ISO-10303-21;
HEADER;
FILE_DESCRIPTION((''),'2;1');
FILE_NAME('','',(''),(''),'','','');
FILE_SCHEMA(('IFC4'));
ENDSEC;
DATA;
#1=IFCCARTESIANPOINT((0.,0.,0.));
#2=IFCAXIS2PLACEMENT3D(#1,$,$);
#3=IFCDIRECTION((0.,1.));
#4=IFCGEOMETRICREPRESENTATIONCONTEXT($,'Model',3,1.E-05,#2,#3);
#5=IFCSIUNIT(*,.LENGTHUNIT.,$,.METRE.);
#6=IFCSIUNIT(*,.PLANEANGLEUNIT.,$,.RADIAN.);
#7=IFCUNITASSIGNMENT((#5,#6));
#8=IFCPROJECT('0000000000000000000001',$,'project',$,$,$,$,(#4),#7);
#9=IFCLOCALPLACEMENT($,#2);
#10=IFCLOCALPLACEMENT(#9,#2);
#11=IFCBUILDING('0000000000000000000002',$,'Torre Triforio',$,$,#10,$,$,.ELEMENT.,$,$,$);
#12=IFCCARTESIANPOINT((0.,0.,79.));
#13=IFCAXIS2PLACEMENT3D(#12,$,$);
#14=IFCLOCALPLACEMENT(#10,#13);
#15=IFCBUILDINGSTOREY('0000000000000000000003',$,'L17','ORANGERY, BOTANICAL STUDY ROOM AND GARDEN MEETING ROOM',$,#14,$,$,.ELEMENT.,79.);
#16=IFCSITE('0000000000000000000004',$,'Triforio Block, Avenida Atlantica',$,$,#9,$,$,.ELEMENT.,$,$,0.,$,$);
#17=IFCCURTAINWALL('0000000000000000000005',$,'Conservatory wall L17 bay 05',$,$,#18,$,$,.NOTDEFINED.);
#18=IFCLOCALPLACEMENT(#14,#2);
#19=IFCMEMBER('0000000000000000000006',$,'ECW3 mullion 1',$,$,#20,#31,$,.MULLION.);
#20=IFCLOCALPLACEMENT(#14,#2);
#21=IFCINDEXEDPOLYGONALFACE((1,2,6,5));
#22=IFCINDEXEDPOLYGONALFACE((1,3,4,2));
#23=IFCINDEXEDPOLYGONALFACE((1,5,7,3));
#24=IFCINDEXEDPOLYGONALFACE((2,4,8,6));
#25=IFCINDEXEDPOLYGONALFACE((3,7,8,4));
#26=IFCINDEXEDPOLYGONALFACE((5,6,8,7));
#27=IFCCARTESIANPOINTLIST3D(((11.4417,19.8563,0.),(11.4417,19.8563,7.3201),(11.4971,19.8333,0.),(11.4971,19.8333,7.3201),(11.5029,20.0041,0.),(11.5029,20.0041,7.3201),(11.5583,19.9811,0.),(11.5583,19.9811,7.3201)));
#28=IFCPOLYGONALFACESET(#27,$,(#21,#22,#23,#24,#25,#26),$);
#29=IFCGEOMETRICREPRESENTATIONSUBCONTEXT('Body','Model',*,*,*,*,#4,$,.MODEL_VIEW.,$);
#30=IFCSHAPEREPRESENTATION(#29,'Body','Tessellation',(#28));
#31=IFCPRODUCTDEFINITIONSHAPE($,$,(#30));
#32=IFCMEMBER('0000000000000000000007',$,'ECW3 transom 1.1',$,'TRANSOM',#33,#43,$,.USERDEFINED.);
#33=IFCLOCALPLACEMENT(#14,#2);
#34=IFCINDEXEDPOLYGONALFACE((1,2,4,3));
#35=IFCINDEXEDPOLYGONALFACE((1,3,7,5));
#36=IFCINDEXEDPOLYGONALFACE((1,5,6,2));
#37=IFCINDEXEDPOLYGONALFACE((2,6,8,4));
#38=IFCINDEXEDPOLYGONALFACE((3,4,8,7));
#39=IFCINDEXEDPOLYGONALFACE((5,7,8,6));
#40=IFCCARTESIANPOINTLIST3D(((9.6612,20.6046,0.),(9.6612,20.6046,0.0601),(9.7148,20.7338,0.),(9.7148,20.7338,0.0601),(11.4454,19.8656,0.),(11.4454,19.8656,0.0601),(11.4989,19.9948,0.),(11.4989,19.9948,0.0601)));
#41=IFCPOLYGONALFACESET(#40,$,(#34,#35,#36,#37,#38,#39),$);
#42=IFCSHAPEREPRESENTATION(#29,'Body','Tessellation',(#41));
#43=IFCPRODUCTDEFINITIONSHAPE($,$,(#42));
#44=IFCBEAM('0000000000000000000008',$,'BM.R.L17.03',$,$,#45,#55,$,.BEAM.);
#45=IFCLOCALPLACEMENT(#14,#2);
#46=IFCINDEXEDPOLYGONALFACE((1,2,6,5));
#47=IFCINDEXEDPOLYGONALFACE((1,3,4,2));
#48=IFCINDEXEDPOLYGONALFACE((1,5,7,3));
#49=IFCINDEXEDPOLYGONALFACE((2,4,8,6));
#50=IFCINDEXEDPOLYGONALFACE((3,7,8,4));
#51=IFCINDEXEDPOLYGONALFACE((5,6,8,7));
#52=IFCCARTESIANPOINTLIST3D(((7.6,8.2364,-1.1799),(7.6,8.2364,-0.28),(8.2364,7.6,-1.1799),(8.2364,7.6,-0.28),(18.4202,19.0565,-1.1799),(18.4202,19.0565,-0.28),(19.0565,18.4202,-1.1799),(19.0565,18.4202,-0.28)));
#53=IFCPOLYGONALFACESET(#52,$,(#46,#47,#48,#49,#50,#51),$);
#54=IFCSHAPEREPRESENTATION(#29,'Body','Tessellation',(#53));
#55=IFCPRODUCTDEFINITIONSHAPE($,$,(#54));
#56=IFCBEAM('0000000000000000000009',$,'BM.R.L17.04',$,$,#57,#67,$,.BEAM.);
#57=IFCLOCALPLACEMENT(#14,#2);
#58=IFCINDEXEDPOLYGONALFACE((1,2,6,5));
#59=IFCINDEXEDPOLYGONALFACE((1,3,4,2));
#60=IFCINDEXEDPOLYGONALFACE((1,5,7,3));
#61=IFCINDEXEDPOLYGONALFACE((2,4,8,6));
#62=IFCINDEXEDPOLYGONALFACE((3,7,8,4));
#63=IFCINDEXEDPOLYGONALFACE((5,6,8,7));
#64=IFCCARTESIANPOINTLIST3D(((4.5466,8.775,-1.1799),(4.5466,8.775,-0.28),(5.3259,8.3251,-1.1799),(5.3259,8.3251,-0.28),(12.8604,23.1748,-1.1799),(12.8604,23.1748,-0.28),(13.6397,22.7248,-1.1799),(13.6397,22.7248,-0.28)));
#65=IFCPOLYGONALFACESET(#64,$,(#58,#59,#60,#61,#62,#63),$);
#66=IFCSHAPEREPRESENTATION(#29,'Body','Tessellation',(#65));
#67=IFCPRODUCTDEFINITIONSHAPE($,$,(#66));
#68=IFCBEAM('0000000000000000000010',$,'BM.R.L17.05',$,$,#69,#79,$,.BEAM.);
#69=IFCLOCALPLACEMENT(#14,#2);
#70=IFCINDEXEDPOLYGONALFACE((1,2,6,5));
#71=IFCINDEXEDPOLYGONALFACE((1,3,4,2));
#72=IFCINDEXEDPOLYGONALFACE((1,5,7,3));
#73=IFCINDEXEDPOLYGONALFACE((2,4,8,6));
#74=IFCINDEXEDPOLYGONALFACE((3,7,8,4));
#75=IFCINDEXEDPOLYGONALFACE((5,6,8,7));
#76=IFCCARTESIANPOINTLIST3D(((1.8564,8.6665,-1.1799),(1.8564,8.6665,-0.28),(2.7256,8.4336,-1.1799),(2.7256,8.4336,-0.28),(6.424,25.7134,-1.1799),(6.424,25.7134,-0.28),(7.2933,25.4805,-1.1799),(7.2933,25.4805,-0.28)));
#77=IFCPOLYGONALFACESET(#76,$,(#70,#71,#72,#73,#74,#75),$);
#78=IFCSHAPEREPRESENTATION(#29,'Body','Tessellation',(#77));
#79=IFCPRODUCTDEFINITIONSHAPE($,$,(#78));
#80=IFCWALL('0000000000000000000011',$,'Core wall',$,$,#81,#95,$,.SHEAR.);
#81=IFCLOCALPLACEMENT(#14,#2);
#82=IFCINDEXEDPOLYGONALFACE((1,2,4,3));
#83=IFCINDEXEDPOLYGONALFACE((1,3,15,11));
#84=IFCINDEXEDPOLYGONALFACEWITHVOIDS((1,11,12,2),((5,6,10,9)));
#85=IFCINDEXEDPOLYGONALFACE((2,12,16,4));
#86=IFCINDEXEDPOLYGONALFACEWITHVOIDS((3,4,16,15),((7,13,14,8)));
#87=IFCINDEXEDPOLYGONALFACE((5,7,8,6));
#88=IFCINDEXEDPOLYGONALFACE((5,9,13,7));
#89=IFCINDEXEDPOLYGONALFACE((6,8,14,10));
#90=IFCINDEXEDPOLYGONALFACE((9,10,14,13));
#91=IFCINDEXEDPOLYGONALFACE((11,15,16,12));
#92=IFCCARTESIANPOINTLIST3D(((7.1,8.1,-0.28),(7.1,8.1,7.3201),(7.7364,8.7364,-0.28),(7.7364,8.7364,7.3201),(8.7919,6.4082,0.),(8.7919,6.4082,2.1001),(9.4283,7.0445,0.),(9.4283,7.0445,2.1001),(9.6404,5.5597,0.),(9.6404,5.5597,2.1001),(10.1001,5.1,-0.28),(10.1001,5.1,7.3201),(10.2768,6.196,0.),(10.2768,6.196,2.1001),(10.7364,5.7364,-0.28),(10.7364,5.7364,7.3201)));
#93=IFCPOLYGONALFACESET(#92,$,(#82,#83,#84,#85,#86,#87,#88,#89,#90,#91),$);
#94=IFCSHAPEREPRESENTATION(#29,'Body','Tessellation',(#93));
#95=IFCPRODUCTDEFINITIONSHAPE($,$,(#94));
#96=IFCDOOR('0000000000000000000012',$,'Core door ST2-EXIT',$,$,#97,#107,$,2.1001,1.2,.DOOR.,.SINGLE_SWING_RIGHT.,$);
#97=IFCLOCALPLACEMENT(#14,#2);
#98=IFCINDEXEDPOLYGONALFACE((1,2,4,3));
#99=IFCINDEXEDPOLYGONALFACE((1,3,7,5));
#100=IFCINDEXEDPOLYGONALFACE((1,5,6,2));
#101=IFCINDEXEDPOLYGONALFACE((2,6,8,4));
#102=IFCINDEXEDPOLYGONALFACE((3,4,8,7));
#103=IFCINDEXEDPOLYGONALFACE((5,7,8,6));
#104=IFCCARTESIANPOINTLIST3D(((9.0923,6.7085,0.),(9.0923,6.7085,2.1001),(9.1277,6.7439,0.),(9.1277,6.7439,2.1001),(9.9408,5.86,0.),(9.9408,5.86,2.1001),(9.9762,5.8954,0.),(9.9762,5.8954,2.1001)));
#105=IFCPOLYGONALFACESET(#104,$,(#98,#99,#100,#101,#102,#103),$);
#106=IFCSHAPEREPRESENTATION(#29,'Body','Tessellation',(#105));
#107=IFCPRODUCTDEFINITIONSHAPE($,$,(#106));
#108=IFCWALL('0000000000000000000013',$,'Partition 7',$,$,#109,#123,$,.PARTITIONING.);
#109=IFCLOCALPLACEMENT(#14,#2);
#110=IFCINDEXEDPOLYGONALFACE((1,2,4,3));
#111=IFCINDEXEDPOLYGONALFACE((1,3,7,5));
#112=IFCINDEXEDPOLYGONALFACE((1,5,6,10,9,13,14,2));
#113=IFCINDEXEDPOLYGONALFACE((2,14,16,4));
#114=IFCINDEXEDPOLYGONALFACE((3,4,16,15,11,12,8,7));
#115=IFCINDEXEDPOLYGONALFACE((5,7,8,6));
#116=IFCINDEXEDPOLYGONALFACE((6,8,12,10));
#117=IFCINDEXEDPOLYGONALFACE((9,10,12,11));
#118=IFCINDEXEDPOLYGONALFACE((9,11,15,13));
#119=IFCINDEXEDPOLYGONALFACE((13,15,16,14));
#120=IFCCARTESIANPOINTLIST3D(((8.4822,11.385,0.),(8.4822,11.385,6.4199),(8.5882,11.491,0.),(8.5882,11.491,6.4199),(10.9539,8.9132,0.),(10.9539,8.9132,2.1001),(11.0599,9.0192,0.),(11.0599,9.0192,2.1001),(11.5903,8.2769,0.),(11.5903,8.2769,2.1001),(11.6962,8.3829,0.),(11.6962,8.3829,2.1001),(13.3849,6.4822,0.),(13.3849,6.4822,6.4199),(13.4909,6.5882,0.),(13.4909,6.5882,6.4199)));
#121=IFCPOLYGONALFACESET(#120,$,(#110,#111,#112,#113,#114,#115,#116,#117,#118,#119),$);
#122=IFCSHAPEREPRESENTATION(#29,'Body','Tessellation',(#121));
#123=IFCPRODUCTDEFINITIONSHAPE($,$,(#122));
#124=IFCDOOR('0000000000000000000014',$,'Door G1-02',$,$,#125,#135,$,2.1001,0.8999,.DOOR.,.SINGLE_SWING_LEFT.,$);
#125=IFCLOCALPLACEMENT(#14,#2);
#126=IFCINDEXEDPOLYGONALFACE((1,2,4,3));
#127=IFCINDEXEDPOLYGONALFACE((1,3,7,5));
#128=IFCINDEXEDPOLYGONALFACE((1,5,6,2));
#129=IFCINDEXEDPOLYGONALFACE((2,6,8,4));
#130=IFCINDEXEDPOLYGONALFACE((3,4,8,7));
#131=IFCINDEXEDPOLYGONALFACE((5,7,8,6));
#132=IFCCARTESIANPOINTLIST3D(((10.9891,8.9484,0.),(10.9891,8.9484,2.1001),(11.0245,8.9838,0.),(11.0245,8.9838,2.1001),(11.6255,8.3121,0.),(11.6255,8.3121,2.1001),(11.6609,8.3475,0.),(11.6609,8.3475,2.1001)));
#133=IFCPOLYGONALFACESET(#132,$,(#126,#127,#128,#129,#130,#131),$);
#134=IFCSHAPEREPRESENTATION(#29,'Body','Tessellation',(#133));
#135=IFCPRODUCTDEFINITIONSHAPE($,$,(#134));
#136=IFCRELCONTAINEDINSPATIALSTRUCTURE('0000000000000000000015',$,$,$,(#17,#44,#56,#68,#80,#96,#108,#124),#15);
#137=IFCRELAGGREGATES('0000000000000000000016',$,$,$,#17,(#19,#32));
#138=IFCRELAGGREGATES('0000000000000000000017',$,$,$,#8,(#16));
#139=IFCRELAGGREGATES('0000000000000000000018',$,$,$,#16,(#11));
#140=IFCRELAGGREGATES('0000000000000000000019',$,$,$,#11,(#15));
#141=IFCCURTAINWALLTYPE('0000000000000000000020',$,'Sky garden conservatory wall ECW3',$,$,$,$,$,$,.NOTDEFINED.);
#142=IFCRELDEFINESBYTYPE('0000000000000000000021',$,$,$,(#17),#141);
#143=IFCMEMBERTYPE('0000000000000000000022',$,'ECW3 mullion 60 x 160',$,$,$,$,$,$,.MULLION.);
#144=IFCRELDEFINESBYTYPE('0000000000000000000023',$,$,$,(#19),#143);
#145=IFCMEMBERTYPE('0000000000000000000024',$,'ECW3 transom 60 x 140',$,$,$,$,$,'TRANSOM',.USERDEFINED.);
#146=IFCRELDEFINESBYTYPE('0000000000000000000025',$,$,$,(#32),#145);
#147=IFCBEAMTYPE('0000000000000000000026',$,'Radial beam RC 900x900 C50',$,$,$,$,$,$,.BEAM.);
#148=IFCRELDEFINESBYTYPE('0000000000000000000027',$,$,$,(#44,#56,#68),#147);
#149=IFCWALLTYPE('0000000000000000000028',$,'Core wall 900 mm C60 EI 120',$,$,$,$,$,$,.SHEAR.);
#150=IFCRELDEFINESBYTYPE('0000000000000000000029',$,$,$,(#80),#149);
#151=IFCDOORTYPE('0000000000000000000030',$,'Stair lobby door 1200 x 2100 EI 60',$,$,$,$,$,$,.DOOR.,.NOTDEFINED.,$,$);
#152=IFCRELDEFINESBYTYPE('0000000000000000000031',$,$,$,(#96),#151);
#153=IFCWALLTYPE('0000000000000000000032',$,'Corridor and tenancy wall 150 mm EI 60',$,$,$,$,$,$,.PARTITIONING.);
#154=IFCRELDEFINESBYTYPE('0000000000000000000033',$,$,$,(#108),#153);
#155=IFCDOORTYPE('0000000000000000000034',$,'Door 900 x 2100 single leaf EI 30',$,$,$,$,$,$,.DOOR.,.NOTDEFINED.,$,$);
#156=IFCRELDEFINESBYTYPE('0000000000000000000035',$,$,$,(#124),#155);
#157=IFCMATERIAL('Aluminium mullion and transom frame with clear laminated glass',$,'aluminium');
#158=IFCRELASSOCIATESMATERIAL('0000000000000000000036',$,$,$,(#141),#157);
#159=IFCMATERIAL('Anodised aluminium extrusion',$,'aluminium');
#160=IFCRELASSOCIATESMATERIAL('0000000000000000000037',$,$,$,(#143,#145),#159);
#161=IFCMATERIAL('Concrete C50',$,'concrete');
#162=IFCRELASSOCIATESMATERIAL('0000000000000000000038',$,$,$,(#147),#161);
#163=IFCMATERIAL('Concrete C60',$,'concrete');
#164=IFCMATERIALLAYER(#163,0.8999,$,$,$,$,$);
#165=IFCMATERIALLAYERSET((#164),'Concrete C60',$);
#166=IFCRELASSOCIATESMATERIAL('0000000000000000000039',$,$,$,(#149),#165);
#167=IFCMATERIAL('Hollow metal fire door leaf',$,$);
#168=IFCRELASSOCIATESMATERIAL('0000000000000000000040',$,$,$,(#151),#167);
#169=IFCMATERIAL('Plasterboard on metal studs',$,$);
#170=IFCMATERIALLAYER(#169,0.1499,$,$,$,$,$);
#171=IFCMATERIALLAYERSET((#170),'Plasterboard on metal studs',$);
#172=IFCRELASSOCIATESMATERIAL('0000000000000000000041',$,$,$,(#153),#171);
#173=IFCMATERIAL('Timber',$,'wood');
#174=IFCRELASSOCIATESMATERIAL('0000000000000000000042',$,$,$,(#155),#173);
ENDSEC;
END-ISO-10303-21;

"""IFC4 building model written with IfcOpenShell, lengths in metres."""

from ifc_helpers import new_model, si_unit, direction, frame, frame_2d, origin, origin_2d, place, context, subcontext, project, spatial, rectangle, extrude, material, layer, layer_set, material_profile, profile_set, type_object, element, fill, aggregate, save


model = new_model("IFC4")

# Units and contexts
model_context = context("Model", 3, precision=1e-05, world=origin(), true_north=direction((0.0, 1.0)))
body_context = subcontext(model_context, "Body", "Model", "MODEL_VIEW")
ifc_project = project(units=[si_unit("LENGTHUNIT", "METRE"), si_unit("PLANEANGLEUNIT", "RADIAN")], contexts=[model_context])

# Site, building, storey
site_placement = place(None, origin())
site = spatial("IfcSite", under=ifc_project, at=site_placement, Name="Triforio Block, Avenida Atlantica", CompositionType="ELEMENT", RefElevation=0.0)
building_placement = place(site_placement, origin())
building = spatial("IfcBuilding", under=site, at=building_placement, Name="Torre Triforio", CompositionType="ELEMENT")
storey_placement = place(building_placement, frame((0.0, 0.0, 79.0)))
storey = spatial("IfcBuildingStorey", under=building, at=storey_placement, Name="L17", Description="ORANGERY, BOTANICAL STUDY ROOM AND GARDEN MEETING ROOM", CompositionType="ELEMENT", Elevation=79.0)

# Curtain wall, members
ifc_material_1 = material(Name="Aluminium mullion and transom frame with clear laminated glass", Category="aluminium")
curtain_wall_type = type_object("IfcCurtainWallType", Name="Sky garden conservatory wall ECW3", PredefinedType="NOTDEFINED", material=ifc_material_1)
curtain_wall_placement = place(storey_placement, origin())
curtain_wall = element("IfcCurtainWall", 1, at=curtain_wall_placement, inside=storey, type_object=curtain_wall_type, Name="Conservatory wall L17 bay 05", PredefinedType="NOTDEFINED")
ifc_material_2 = material(Name="Anodised aluminium extrusion", Category="aluminium")
ifc_material_profile_1 = material_profile(ifc_material_2, rectangle(XDim=0.1599, YDim=0.0601, at=origin_2d()), Name="ECW3 MULLION 60x160")
ifc_profile_set_1 = profile_set([ifc_material_profile_1], Name="Anodised aluminium extrusion")
member_type_1 = type_object("IfcMemberType", Name="ECW3 mullion 60 x 160", PredefinedType="MULLION", material=ifc_profile_set_1)
member_1_placement = place(storey_placement, frame((11.5, 19.9187, 0.0), z_axis=(0.0, 0.0, 1.0), x_axis=(-0.382687, -0.923878, 0.0)))
member_1 = element("IfcMember", 2, at=member_1_placement, type_object=member_type_1, Name="ECW3 mullion 1", PredefinedType="MULLION", context=body_context, shape_type="SweptSolid", body=[
    extrude(rectangle(XDim=0.1599, YDim=0.0601, at=origin_2d()), origin(), (0.0, 0.0, 1.0), 7.3201),
])
ifc_material_profile_2 = material_profile(ifc_material_2, rectangle(XDim=0.1399, YDim=0.0601, at=origin_2d()), Name="ECW3 TRANSOM 60x140")
ifc_profile_set_2 = profile_set([ifc_material_profile_2], Name="Anodised aluminium extrusion")
member_type_2 = type_object("IfcMemberType", Name="ECW3 transom 60 x 140", ElementType="TRANSOM", PredefinedType="USERDEFINED", material=ifc_profile_set_2)
member_2_placement = place(storey_placement, frame((11.4722, 19.9302, 0.03), z_axis=(-0.923883, 0.382676, 0.0), x_axis=(-0.382676, -0.923883, 0.0)))
member_2 = element("IfcMember", 3, at=member_2_placement, type_object=member_type_2, Name="ECW3 transom 1.1", ObjectType="TRANSOM", PredefinedType="USERDEFINED", context=body_context, shape_type="SweptSolid", body=[
    extrude(rectangle(XDim=0.1399, YDim=0.0601, at=origin_2d()), origin(), (0.0, 0.0, 1.0), 1.9312),
])
aggregate(curtain_wall, [member_1, member_2])

# Beams
ifc_material_3 = material(Name="Concrete C50", Category="concrete")
ifc_material_profile_3 = material_profile(ifc_material_3, rectangle(XDim=0.8999, YDim=0.8999, at=origin_2d()), Name="RC 900x900")
ifc_profile_set_3 = profile_set([ifc_material_profile_3], Name="Concrete C50")
beam_type = type_object("IfcBeamType", Name="Radial beam RC 900x900 C50", PredefinedType="BEAM", material=ifc_profile_set_3)
beam_1_placement = place(storey_placement, frame((7.9182, 7.9182, -0.73), z_axis=(0.707107, 0.707107, 0.0), x_axis=(-0.707107, 0.707107, 0.0)))
element("IfcBeam", 4, at=beam_1_placement, inside=storey, type_object=beam_type, Name="BM.R.L17.03", PredefinedType="BEAM", context=body_context, shape_type="SweptSolid", body=[
    extrude(rectangle(XDim=0.8999, YDim=0.8999, at=origin_2d()), origin(), (0.0, 0.0, 1.0), 15.302),
])
beam_2_placement = place(storey_placement, frame((4.9363, 8.55, -0.73), z_axis=(0.500003, 0.866023, 0.0), x_axis=(-0.866023, 0.500003, 0.0)))
element("IfcBeam", 5, at=beam_2_placement, inside=storey, type_object=beam_type, Name="BM.R.L17.04", PredefinedType="BEAM", context=body_context, shape_type="SweptSolid", body=[
    extrude(rectangle(XDim=0.8999, YDim=0.8999, at=origin_2d()), origin(), (0.0, 0.0, 1.0), 16.6274),
])
beam_3_placement = place(storey_placement, frame((2.291, 8.55, -0.73), z_axis=(0.258815, 0.965927, 0.0), x_axis=(-0.965927, 0.258815, 0.0)))
element("IfcBeam", 6, at=beam_3_placement, inside=storey, type_object=beam_type, Name="BM.R.L17.05", PredefinedType="BEAM", context=body_context, shape_type="SweptSolid", body=[
    extrude(rectangle(XDim=0.8999, YDim=0.8999, at=origin_2d()), origin(), (0.0, 0.0, 1.0), 17.6482),
])

# Walls, openings, doors
ifc_material_4 = material(Name="Concrete C60", Category="concrete")
ifc_layer_1 = layer(ifc_material_4, 0.8999)
ifc_layer_set_1 = layer_set([ifc_layer_1], Name="Concrete C60")
wall_type_1 = type_object("IfcWallType", Name="Core wall 900 mm C60 EI 120", PredefinedType="SHEAR", material=ifc_layer_set_1)
wall_1_placement = place(storey_placement, frame((7.4182, 8.4182, -0.28), z_axis=(0.0, 0.0, 1.0), x_axis=(0.707107, -0.707107, 0.0)))
wall_1 = element("IfcWall", 7, at=wall_1_placement, inside=storey, type_object=wall_type_1, Name="Core wall", PredefinedType="SHEAR", context=body_context, shape_type="SweptSolid", body=[
    extrude(rectangle(XDim=4.2427, YDim=0.8999, at=frame_2d((2.1213, 0.0))), origin(), (0.0, 0.0, 1.0), 7.6001),
])
opening_1_placement = place(wall_1_placement, frame((2.3926, 0.0, 0.28)))
opening_1 = element("IfcOpeningElement", 8, at=opening_1_placement, cuts=wall_1, PredefinedType="OPENING", context=body_context, shape_type="SweptSolid", body=[
    extrude(rectangle(XDim=1.2, YDim=2.1001, at=frame_2d((0.6001, 1.05))), frame((0.0, 0.46, 0.0), z_axis=(0.0, -1.0, 0.0), x_axis=(1.0, 0.0, 0.0)), (0.0, 0.0, 1.0), 0.9199),
])
ifc_material_5 = material(Name="Hollow metal fire door leaf")
door_type_1 = type_object("IfcDoorType", Name="Stair lobby door 1200 x 2100 EI 60", OperationType="NOTDEFINED", PredefinedType="DOOR", material=ifc_material_5)
door_1_placement = place(opening_1_placement, origin())
door_1 = element("IfcDoor", 9, at=door_1_placement, inside=storey, type_object=door_type_1, Name="Core door ST2-EXIT", OperationType="SINGLE_SWING_RIGHT", OverallHeight=2.1001, OverallWidth=1.2, PredefinedType="DOOR", context=body_context, shape_type="SweptSolid", body=[
    extrude(rectangle(XDim=1.2, YDim=2.1001, at=frame_2d((0.6001, 1.05))), frame((0.0, 0.0249, 0.0), z_axis=(0.0, -1.0, 0.0), x_axis=(1.0, 0.0, 0.0)), (0.0, 0.0, 1.0), 0.05),
])
fill(opening_1, door_1)
ifc_material_6 = material(Name="Plasterboard on metal studs")
ifc_layer_2 = layer(ifc_material_6, 0.1499)
ifc_layer_set_2 = layer_set([ifc_layer_2], Name="Plasterboard on metal studs")
wall_type_2 = type_object("IfcWallType", Name="Corridor and tenancy wall 150 mm EI 60", PredefinedType="PARTITIONING", material=ifc_layer_set_2)
wall_2_placement = place(storey_placement, frame((8.5352, 11.438, 0.0), z_axis=(0.0, 0.0, 1.0), x_axis=(0.707107, -0.707107, 0.0)))
wall_2 = element("IfcWall", 10, at=wall_2_placement, inside=storey, type_object=wall_type_2, Name="Partition 7", PredefinedType="PARTITIONING", context=body_context, shape_type="SweptSolid", body=[
    extrude(rectangle(XDim=6.9336, YDim=0.1499, at=frame_2d((3.4668, 0.0))), origin(), (0.0, 0.0, 1.0), 6.4199),
])
opening_2_placement = place(wall_2_placement, frame((3.4956, 0.0, 0.0)))
opening_2 = element("IfcOpeningElement", 11, at=opening_2_placement, cuts=wall_2, PredefinedType="OPENING", context=body_context, shape_type="SweptSolid", body=[
    extrude(rectangle(XDim=0.8999, YDim=2.1001, at=frame_2d((0.45, 1.05))), frame((0.0, 0.085, 0.0), z_axis=(0.0, -1.0, 0.0), x_axis=(1.0, 0.0, 0.0)), (0.0, 0.0, 1.0), 0.1699),
])
ifc_material_7 = material(Name="Timber", Category="wood")
door_type_2 = type_object("IfcDoorType", Name="Door 900 x 2100 single leaf EI 30", OperationType="NOTDEFINED", PredefinedType="DOOR", material=ifc_material_7)
door_2_placement = place(opening_2_placement, origin())
door_2 = element("IfcDoor", 12, at=door_2_placement, inside=storey, type_object=door_type_2, Name="Door G1-02", OperationType="SINGLE_SWING_LEFT", OverallHeight=2.1001, OverallWidth=0.8999, PredefinedType="DOOR", context=body_context, shape_type="SweptSolid", body=[
    extrude(rectangle(XDim=0.8999, YDim=2.1001, at=frame_2d((0.45, 1.05))), frame((0.0, 0.0249, 0.0), z_axis=(0.0, -1.0, 0.0), x_axis=(1.0, 0.0, 0.0)), (0.0, 0.0, 1.0), 0.05),
])
fill(opening_2, door_2)

save(model, "model.ifc")
